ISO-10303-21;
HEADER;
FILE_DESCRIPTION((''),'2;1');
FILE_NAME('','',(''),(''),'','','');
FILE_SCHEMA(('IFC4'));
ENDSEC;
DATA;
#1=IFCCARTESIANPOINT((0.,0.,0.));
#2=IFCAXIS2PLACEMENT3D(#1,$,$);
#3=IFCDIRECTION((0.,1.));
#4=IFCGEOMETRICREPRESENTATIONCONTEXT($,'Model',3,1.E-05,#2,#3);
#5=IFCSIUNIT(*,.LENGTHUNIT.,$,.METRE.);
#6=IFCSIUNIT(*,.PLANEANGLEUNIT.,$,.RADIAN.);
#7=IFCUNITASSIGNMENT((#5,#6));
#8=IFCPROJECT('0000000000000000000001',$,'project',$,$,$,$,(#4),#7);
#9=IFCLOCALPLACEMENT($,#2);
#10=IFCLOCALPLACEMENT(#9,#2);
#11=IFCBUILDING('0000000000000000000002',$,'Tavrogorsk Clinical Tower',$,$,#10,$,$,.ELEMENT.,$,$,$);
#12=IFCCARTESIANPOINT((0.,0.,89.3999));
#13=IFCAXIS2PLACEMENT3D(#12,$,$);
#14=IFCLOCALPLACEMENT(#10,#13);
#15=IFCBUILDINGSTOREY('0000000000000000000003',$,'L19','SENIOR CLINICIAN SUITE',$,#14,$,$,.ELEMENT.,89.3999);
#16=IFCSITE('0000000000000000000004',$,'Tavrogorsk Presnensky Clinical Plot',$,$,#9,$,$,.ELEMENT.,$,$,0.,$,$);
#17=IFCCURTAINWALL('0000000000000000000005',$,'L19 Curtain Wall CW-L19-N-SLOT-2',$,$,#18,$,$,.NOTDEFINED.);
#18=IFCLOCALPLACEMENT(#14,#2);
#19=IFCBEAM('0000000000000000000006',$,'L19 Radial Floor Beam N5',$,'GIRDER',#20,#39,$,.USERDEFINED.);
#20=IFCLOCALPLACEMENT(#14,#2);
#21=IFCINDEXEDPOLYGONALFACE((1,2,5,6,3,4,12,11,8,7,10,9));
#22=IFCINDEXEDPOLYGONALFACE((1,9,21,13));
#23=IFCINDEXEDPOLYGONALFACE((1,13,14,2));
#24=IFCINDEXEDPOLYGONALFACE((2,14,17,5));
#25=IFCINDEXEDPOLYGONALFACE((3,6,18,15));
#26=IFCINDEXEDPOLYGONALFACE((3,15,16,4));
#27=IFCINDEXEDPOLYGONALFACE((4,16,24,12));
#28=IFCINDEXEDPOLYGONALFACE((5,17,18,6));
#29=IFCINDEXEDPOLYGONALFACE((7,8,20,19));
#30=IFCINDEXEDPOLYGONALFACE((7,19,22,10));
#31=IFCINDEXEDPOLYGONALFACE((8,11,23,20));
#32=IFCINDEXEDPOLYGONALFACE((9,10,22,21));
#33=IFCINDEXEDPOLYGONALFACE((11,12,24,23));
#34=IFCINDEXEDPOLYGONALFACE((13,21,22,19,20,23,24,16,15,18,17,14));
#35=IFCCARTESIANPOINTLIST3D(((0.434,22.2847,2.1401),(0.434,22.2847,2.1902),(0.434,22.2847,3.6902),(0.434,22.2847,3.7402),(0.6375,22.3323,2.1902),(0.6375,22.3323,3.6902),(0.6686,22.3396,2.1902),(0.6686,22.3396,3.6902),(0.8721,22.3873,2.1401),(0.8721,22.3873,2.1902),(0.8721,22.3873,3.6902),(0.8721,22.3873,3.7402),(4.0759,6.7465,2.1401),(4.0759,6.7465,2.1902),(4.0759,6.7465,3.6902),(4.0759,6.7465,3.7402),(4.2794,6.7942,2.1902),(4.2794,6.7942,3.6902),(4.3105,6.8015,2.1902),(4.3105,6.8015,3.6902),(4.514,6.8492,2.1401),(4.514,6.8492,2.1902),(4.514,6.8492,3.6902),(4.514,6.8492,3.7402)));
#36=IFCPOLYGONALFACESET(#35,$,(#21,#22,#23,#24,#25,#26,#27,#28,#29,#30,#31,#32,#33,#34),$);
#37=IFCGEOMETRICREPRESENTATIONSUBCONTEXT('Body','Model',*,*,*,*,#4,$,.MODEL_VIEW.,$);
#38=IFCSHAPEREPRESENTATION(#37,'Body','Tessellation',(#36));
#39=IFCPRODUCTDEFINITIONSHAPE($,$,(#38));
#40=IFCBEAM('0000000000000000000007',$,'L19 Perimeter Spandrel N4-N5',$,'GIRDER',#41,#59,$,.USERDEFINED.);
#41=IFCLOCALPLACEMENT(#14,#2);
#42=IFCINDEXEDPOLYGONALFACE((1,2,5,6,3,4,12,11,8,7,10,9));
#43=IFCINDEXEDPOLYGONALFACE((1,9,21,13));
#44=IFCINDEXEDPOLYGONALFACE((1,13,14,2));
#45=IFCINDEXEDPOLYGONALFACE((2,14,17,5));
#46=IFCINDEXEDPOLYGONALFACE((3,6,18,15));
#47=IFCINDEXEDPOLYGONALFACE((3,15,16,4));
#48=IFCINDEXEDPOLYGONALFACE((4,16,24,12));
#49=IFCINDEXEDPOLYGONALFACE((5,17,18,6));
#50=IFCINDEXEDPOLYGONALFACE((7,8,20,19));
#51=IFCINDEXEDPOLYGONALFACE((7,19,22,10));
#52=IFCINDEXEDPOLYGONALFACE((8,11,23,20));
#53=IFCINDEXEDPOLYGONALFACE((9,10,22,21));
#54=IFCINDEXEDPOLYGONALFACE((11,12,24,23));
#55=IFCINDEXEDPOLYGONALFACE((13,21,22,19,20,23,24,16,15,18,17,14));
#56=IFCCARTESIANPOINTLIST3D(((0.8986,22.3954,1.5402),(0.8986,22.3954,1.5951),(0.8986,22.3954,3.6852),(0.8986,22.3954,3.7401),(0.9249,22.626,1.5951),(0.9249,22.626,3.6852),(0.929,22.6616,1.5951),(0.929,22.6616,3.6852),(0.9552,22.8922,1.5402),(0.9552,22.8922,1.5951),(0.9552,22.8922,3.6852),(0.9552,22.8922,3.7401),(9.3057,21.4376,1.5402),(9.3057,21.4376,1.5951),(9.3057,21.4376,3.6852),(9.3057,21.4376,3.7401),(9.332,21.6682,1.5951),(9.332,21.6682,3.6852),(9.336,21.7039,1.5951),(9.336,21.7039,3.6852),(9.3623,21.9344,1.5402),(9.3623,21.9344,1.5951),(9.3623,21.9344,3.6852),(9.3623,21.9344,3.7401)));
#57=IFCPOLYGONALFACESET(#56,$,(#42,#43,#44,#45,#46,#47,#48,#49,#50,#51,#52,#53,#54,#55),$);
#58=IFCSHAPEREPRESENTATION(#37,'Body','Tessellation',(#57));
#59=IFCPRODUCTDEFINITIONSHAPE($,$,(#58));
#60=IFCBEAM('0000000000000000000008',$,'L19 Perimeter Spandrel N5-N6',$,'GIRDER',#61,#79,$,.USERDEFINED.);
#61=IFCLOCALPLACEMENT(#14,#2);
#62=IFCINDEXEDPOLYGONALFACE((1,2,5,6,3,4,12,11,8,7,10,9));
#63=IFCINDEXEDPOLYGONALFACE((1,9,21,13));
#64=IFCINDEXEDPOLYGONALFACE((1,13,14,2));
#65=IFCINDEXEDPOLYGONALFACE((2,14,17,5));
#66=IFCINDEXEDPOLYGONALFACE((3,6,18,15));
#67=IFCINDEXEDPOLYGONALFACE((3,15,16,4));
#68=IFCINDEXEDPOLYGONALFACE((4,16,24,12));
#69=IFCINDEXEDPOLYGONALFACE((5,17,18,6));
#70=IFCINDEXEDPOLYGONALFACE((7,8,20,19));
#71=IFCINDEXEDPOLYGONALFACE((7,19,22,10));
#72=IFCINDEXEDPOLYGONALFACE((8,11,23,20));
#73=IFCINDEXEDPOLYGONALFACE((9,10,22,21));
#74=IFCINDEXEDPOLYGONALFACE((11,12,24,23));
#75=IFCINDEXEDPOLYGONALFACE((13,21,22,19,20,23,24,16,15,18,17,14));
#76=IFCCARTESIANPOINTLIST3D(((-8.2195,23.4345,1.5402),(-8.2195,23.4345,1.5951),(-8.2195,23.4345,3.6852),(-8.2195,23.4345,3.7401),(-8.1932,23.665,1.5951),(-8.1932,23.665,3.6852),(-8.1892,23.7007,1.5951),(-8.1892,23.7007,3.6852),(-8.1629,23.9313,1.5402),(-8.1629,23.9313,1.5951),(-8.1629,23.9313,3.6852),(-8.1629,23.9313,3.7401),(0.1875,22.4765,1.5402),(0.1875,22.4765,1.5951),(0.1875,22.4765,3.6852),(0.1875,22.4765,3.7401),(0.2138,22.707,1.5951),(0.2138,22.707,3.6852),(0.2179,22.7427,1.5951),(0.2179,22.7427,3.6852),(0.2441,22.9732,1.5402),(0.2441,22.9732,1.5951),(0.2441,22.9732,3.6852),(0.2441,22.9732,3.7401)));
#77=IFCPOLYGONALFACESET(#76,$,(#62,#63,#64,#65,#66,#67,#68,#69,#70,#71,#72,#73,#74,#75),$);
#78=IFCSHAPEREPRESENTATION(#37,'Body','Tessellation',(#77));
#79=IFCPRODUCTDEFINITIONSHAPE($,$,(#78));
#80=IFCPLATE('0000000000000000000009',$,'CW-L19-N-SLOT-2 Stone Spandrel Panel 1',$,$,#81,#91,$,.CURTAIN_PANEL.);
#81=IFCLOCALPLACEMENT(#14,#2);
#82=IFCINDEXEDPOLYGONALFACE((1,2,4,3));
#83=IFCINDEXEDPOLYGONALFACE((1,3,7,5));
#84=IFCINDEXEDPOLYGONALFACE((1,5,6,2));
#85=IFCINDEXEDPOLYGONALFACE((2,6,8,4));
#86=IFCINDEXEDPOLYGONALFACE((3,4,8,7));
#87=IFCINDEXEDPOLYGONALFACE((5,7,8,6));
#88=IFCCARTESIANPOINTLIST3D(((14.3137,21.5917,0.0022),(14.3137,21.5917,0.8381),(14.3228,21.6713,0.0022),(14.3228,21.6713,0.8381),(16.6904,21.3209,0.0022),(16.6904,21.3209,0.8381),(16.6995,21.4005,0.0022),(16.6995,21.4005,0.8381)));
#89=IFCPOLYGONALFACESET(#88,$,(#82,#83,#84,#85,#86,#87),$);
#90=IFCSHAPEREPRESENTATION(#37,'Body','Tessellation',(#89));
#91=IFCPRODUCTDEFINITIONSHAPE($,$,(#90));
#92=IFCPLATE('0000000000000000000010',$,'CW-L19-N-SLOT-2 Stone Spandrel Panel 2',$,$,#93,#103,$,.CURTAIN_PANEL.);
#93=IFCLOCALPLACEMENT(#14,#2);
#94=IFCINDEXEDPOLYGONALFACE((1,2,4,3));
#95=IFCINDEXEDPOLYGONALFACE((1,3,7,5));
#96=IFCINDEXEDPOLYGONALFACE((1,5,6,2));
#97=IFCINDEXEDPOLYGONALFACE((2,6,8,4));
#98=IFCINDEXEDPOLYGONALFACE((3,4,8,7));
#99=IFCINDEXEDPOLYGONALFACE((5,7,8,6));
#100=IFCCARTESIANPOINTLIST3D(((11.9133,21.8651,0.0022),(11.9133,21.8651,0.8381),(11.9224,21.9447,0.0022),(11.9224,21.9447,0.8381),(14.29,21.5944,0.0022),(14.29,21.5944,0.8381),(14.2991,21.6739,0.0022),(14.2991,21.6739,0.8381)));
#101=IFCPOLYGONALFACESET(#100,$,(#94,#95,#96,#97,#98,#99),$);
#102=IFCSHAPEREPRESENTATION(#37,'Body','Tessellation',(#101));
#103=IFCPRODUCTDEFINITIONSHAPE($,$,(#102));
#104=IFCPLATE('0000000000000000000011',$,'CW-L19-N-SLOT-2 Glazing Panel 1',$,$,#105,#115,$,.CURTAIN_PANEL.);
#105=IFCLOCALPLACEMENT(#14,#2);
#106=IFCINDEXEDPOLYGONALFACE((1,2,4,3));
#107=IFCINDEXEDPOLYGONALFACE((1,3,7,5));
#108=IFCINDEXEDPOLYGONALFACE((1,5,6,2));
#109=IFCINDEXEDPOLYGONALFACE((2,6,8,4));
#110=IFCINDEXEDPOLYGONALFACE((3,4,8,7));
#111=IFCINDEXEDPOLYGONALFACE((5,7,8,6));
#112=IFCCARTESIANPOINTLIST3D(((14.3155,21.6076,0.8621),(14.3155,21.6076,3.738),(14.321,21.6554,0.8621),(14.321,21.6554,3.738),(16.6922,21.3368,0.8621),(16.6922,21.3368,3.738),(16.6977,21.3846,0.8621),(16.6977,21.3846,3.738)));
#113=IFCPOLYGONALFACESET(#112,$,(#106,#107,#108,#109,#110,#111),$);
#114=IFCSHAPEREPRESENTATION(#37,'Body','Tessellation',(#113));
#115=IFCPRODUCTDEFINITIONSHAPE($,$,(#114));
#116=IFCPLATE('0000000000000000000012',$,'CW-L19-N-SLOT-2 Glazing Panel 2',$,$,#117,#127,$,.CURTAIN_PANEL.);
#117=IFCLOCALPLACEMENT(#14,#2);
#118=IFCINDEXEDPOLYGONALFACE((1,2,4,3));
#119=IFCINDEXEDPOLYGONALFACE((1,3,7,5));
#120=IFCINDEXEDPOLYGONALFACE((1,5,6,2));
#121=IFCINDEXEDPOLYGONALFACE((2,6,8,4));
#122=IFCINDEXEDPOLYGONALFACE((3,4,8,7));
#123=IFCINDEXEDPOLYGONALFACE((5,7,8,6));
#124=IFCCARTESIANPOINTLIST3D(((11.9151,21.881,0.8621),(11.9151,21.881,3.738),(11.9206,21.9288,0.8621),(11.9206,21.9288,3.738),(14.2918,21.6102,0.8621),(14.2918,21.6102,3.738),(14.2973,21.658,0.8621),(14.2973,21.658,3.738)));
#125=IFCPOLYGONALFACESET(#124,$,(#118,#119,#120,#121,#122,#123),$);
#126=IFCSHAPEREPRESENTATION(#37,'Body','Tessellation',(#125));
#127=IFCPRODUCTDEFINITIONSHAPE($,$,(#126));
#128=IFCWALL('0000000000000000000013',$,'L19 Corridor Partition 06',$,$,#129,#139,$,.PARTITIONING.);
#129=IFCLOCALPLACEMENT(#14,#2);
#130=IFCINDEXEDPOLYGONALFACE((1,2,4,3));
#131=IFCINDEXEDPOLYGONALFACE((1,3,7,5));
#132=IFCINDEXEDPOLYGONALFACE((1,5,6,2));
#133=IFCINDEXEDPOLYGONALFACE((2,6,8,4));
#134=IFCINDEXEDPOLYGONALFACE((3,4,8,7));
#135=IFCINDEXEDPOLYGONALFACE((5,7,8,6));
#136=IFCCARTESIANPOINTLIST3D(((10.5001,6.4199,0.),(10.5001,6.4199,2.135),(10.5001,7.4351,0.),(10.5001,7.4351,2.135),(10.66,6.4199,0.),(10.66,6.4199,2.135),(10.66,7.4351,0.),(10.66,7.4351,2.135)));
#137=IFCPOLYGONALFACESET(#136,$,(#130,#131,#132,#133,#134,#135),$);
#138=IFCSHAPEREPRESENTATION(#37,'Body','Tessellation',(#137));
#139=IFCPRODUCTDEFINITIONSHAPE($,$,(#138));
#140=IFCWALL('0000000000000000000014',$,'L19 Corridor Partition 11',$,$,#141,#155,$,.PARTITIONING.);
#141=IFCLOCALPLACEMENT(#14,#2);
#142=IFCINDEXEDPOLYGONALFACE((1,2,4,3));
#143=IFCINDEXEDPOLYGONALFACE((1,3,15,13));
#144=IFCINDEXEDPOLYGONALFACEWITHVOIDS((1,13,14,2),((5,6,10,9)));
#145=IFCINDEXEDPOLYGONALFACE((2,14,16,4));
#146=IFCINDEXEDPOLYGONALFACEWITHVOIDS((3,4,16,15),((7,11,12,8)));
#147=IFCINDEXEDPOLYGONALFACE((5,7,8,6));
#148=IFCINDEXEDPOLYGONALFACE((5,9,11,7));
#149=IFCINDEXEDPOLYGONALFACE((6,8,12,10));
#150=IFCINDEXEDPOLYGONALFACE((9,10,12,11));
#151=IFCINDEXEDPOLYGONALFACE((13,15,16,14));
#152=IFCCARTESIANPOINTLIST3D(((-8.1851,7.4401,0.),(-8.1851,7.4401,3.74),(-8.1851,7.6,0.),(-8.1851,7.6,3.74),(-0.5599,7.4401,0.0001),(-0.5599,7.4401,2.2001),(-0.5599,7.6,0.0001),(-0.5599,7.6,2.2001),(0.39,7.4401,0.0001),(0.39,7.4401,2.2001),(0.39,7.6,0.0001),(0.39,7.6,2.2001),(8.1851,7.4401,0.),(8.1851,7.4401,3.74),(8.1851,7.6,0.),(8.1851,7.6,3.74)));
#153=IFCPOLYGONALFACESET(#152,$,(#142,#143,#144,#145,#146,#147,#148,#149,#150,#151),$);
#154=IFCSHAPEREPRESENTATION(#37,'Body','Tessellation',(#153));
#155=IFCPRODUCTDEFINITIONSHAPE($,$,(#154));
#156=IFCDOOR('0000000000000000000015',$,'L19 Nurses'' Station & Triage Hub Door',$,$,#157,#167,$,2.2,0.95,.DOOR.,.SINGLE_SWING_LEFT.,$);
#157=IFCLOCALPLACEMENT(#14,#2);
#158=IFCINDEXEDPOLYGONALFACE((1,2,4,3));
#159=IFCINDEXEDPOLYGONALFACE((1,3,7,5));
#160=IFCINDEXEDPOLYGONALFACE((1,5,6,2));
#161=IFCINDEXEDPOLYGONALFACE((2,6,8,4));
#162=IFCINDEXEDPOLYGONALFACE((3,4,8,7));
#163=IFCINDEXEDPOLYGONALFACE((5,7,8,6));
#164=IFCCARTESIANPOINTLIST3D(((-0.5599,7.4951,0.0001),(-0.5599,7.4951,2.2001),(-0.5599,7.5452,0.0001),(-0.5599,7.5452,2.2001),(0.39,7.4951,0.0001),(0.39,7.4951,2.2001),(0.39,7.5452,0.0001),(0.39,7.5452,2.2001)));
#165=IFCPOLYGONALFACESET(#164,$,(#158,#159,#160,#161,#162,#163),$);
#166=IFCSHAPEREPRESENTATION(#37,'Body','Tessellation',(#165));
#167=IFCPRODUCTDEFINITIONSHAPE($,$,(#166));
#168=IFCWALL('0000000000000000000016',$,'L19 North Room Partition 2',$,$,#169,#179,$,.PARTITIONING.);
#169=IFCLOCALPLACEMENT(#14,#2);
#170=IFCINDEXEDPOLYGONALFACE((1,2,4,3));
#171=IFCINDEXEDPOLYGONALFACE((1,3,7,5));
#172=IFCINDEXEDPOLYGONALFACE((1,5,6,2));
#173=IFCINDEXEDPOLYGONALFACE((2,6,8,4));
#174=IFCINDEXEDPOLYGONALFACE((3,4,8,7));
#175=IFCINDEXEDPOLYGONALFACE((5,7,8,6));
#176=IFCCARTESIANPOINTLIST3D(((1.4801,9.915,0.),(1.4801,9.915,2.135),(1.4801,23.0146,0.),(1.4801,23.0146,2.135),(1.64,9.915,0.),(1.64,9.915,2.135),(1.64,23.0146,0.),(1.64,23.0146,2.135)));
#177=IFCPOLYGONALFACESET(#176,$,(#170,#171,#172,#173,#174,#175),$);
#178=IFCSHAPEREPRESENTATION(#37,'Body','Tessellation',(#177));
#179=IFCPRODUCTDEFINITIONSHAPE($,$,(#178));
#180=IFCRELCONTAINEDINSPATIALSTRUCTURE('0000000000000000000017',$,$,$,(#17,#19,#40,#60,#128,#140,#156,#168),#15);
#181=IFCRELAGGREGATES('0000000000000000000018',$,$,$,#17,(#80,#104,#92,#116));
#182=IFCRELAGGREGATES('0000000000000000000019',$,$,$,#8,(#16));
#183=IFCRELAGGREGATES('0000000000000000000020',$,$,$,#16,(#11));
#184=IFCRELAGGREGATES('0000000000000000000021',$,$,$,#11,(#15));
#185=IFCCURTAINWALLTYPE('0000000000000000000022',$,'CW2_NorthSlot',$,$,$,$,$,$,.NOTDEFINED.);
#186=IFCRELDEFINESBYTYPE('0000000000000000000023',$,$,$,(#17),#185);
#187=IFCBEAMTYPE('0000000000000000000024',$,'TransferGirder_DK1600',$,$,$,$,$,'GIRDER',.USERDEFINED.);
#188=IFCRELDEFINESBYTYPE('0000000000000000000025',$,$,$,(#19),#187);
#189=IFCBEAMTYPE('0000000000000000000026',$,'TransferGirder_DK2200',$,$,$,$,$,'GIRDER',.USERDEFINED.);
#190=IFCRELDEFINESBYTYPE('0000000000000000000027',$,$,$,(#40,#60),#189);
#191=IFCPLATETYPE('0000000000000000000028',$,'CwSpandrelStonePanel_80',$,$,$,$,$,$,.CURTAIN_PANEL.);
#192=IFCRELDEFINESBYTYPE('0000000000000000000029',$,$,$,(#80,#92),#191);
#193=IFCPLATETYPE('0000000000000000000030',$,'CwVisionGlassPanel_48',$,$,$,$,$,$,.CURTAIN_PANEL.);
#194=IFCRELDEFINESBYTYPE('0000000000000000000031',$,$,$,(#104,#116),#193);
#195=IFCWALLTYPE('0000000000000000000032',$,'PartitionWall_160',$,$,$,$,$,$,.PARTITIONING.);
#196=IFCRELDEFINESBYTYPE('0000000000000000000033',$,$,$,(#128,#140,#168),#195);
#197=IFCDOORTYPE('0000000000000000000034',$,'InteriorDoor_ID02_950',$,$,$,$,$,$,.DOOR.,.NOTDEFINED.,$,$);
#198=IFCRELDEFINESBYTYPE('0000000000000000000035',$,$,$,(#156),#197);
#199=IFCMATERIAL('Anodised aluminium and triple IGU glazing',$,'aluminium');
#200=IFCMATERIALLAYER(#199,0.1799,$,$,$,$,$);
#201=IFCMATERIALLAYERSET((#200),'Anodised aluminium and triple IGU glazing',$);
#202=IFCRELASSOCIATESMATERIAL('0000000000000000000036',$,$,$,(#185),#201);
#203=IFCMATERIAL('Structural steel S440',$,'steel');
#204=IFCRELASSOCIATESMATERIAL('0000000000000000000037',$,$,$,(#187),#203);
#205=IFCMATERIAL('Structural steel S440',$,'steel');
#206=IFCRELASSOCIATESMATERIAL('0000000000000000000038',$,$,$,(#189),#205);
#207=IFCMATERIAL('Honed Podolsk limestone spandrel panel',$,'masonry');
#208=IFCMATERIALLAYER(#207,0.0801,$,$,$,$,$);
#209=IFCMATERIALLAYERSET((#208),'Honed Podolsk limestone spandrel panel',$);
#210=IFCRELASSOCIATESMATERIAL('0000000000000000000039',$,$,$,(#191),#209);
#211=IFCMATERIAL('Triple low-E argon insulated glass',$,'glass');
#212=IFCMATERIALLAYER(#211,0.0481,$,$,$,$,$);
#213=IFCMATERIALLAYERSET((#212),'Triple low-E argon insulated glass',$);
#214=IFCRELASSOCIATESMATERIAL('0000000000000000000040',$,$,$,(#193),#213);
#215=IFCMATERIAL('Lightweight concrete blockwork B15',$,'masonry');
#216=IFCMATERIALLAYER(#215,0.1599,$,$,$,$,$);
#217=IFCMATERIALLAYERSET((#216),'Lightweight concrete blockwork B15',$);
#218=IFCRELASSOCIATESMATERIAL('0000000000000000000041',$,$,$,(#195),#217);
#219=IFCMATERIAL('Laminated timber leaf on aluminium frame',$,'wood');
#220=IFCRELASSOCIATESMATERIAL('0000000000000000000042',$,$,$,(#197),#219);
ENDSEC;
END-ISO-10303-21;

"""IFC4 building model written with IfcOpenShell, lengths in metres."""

from ifc_helpers import new_model, si_unit, direction, frame, frame_2d, origin, origin_2d, place, context, subcontext, project, spatial, rectangle, i_section, extrude, material, layer, layer_set, material_profile, profile_set, type_object, element, fill, aggregate, save


model = new_model("IFC4")

# Units and contexts
model_context = context("Model", 3, precision=1e-05, world=origin(), true_north=direction((0.0, 1.0)))
body_context = subcontext(model_context, "Body", "Model", "MODEL_VIEW")
ifc_project = project(units=[si_unit("LENGTHUNIT", "METRE"), si_unit("PLANEANGLEUNIT", "RADIAN")], contexts=[model_context])

# Site, building, storey
site_placement = place(None, origin())
site = spatial("IfcSite", under=ifc_project, at=site_placement, Name="Tavrogorsk Presnensky Clinical Plot", CompositionType="ELEMENT", RefElevation=0.0)
building_placement = place(site_placement, origin())
building = spatial("IfcBuilding", under=site, at=building_placement, Name="Tavrogorsk Clinical Tower", CompositionType="ELEMENT")
storey_placement = place(building_placement, frame((0.0, 0.0, 89.3999)))
storey = spatial("IfcBuildingStorey", under=building, at=storey_placement, Name="L19", Description="SENIOR CLINICIAN SUITE", CompositionType="ELEMENT", Elevation=89.3999)

# Curtain wall
ifc_material_1 = material(Name="Anodised aluminium and triple IGU glazing", Category="aluminium")
ifc_layer_1 = layer(ifc_material_1, 0.1799)
ifc_layer_set_1 = layer_set([ifc_layer_1], Name="Anodised aluminium and triple IGU glazing")
curtain_wall_type = type_object("IfcCurtainWallType", Name="CW2_NorthSlot", PredefinedType="NOTDEFINED", material=ifc_layer_set_1)
curtain_wall_placement = place(storey_placement, origin())
curtain_wall = element("IfcCurtainWall", 1, at=curtain_wall_placement, inside=storey, type_object=curtain_wall_type, Name="L19 Curtain Wall CW-L19-N-SLOT-2", PredefinedType="NOTDEFINED")

# Beams
ifc_material_2 = material(Name="Structural steel S440", Category="steel")
ifc_material_profile_1 = material_profile(ifc_material_2, i_section(OverallWidth=0.45, OverallDepth=1.6001, WebThickness=0.032, FlangeThickness=0.05, at=origin_2d()), Name="DK-1600x450x32x50")
ifc_profile_set_1 = profile_set([ifc_material_profile_1], Name="Structural steel S440")
beam_type_1 = type_object("IfcBeamType", Name="TransferGirder_DK1600", ElementType="GIRDER", PredefinedType="USERDEFINED", material=ifc_profile_set_1)
beam_1_placement = place(storey_placement, frame((4.2949, 6.7979, 2.9402), z_axis=(-0.228198, 0.973615, 0.0), x_axis=(-0.973615, -0.228198, 0.0)))
element("IfcBeam", 2, at=beam_1_placement, inside=storey, type_object=beam_type_1, Name="L19 Radial Floor Beam N5", ObjectType="GIRDER", PredefinedType="USERDEFINED", context=body_context, shape_type="SweptSolid", body=[
    extrude(i_section(OverallWidth=0.45, OverallDepth=1.6001, WebThickness=0.032, FlangeThickness=0.05, at=origin_2d()), origin(), (0.0, 0.0, 1.0), 15.9592),
])
ifc_material_3 = material(Name="Structural steel S440", Category="steel")
ifc_material_profile_2 = material_profile(ifc_material_3, i_section(OverallWidth=0.5, OverallDepth=2.2, WebThickness=0.0359, FlangeThickness=0.0549, at=origin_2d()), Name="DK-2200x500x36x55")
ifc_profile_set_2 = profile_set([ifc_material_profile_2], Name="Structural steel S440")
beam_type_2 = type_object("IfcBeamType", Name="TransferGirder_DK2200", ElementType="GIRDER", PredefinedType="USERDEFINED", material=ifc_profile_set_2)
for number, where, z_axis, x_axis, name in (
    (3, (9.334, 21.686, 2.6401), (-0.993573, 0.113193, 0.0), (-0.113193, -0.993573, 0.0), "L19 Perimeter Spandrel N4-N5"),
    (4, (0.2158, 22.7249, 2.6401), (-0.99357, 0.113221, 0.0), (-0.113221, -0.99357, 0.0), "L19 Perimeter Spandrel N5-N6"),
):
    element("IfcBeam", number, at=place(storey_placement, frame(where, z_axis=z_axis, x_axis=x_axis)), inside=storey, type_object=beam_type_2, Name=name, ObjectType="GIRDER", PredefinedType="USERDEFINED", context=body_context, shape_type="SweptSolid", body=[
        extrude(i_section(OverallWidth=0.5, OverallDepth=2.2, WebThickness=0.0359, FlangeThickness=0.0549, at=origin_2d()), origin(), (0.0, 0.0, 1.0), 8.4614),
    ])

# Plates
ifc_material_4 = material(Name="Honed Podolsk limestone spandrel panel", Category="masonry")
ifc_layer_2 = layer(ifc_material_4, 0.0801)
ifc_layer_set_2 = layer_set([ifc_layer_2], Name="Honed Podolsk limestone spandrel panel")
plate_type_1 = type_object("IfcPlateType", Name="CwSpandrelStonePanel_80", PredefinedType="CURTAIN_PANEL", material=ifc_layer_set_2)
plate_1_placement = place(storey_placement, frame((15.5066, 21.4961, 0.0022), z_axis=(0.0, 0.0, 1.0), x_axis=(-0.993572, 0.113203, 0.0)))
plate_1 = element("IfcPlate", 5, at=plate_1_placement, type_object=plate_type_1, Name="CW-L19-N-SLOT-2 Stone Spandrel Panel 1", PredefinedType="CURTAIN_PANEL", context=body_context, shape_type="SweptSolid", body=[
    extrude(rectangle(XDim=2.3921, YDim=0.0801, at=origin_2d()), origin(), (0.0, 0.0, 1.0), 0.8359),
])
plate_2_placement = place(storey_placement, frame((13.1062, 21.7695, 0.0022), z_axis=(0.0, 0.0, 1.0), x_axis=(-0.993572, 0.113203, 0.0)))
plate_2 = element("IfcPlate", 6, at=plate_2_placement, type_object=plate_type_1, Name="CW-L19-N-SLOT-2 Stone Spandrel Panel 2", PredefinedType="CURTAIN_PANEL", context=body_context, shape_type="SweptSolid", body=[
    extrude(rectangle(XDim=2.3921, YDim=0.0801, at=origin_2d()), origin(), (0.0, 0.0, 1.0), 0.8359),
])
ifc_material_5 = material(Name="Triple low-E argon insulated glass", Category="glass")
ifc_layer_3 = layer(ifc_material_5, 0.0481)
ifc_layer_set_3 = layer_set([ifc_layer_3], Name="Triple low-E argon insulated glass")
plate_type_2 = type_object("IfcPlateType", Name="CwVisionGlassPanel_48", PredefinedType="CURTAIN_PANEL", material=ifc_layer_set_3)
plate_3_placement = place(storey_placement, frame((15.5066, 21.4961, 0.8621), z_axis=(0.0, 0.0, 1.0), x_axis=(-0.993572, 0.113203, 0.0)))
plate_3 = element("IfcPlate", 7, at=plate_3_placement, type_object=plate_type_2, Name="CW-L19-N-SLOT-2 Glazing Panel 1", PredefinedType="CURTAIN_PANEL", context=body_context, shape_type="SweptSolid", body=[
    extrude(rectangle(XDim=2.3921, YDim=0.0481, at=origin_2d()), origin(), (0.0, 0.0, 1.0), 2.876),
])
plate_4_placement = place(storey_placement, frame((13.1062, 21.7695, 0.8621), z_axis=(0.0, 0.0, 1.0), x_axis=(-0.993572, 0.113203, 0.0)))
plate_4 = element("IfcPlate", 8, at=plate_4_placement, type_object=plate_type_2, Name="CW-L19-N-SLOT-2 Glazing Panel 2", PredefinedType="CURTAIN_PANEL", context=body_context, shape_type="SweptSolid", body=[
    extrude(rectangle(XDim=2.3921, YDim=0.0481, at=origin_2d()), origin(), (0.0, 0.0, 1.0), 2.876),
])
aggregate(curtain_wall, [plate_1, plate_3, plate_2, plate_4])

# Wall
ifc_material_6 = material(Name="Lightweight concrete blockwork B15", Category="masonry")
ifc_layer_4 = layer(ifc_material_6, 0.1599)
ifc_layer_set_4 = layer_set([ifc_layer_4], Name="Lightweight concrete blockwork B15")
wall_type_1 = type_object("IfcWallType", Name="PartitionWall_160", PredefinedType="PARTITIONING", material=ifc_layer_set_4)
wall_1_placement = place(storey_placement, frame((10.5801, 7.4351, 0.0), z_axis=(0.0, 0.0, 1.0), x_axis=(0.0, -1.0, 0.0)))
element("IfcWall", 9, at=wall_1_placement, inside=storey, type_object=wall_type_1, Name="L19 Corridor Partition 06", PredefinedType="PARTITIONING", context=body_context, shape_type="SweptSolid", body=[
    extrude(rectangle(XDim=1.0151, YDim=0.1599, at=frame_2d((0.5076, 0.0))), origin(), (0.0, 0.0, 1.0), 2.135),
])

# Wall, opening, door
wall_2_placement = place(storey_placement, frame((8.1851, 7.52, 0.0), z_axis=(0.0, 0.0, 1.0), x_axis=(-1.0, 0.0, 0.0)))
wall_2 = element("IfcWall", 10, at=wall_2_placement, inside=storey, type_object=wall_type_1, Name="L19 Corridor Partition 11", PredefinedType="PARTITIONING", context=body_context, shape_type="SweptSolid", body=[
    extrude(rectangle(XDim=16.3701, YDim=0.1599, at=frame_2d((8.1851, 0.0))), origin(), (0.0, 0.0, 1.0), 3.74),
])
opening_1_placement = place(wall_2_placement, frame((7.7949, 0.0, 0.0)))
opening_1 = element("IfcOpeningElement", 11, at=opening_1_placement, cuts=wall_2, PredefinedType="OPENING", context=body_context, shape_type="SweptSolid", body=[
    extrude(rectangle(XDim=0.95, YDim=2.2, at=frame_2d((0.4751, 1.1001))), frame((0.0, 0.0898, 0.0), z_axis=(0.0, -1.0, 0.0), x_axis=(1.0, 0.0, 0.0)), (0.0, 0.0, 1.0), 0.1799),
])
ifc_material_7 = material(Name="Laminated timber leaf on aluminium frame", Category="wood")
door_type_1 = type_object("IfcDoorType", Name="InteriorDoor_ID02_950", OperationType="NOTDEFINED", PredefinedType="DOOR", material=ifc_material_7)
door_1_placement = place(opening_1_placement, origin())
door_1 = element("IfcDoor", 12, at=door_1_placement, inside=storey, type_object=door_type_1, Name="L19 Nurses' Station & Triage Hub Door", OperationType="SINGLE_SWING_LEFT", OverallHeight=2.2, OverallWidth=0.95, PredefinedType="DOOR", context=body_context, shape_type="SweptSolid", body=[
    extrude(rectangle(XDim=0.95, YDim=2.2, at=frame_2d((0.4751, 1.1001))), frame((0.0, 0.0249, 0.0), z_axis=(0.0, -1.0, 0.0), x_axis=(1.0, 0.0, 0.0)), (0.0, 0.0, 1.0), 0.05),
])
fill(opening_1, door_1)

# Wall
wall_3_placement = place(storey_placement, frame((1.5601, 9.915, 0.0), z_axis=(0.0, 0.0, 1.0), x_axis=(0.0, 1.0, 0.0)))
element("IfcWall", 13, at=wall_3_placement, inside=storey, type_object=wall_type_1, Name="L19 North Room Partition 2", PredefinedType="PARTITIONING", context=body_context, shape_type="SweptSolid", body=[
    extrude(rectangle(XDim=13.0996, YDim=0.1599, at=frame_2d((6.5498, 0.0))), origin(), (0.0, 0.0, 1.0), 2.135),
])

save(model, "model.ifc")
